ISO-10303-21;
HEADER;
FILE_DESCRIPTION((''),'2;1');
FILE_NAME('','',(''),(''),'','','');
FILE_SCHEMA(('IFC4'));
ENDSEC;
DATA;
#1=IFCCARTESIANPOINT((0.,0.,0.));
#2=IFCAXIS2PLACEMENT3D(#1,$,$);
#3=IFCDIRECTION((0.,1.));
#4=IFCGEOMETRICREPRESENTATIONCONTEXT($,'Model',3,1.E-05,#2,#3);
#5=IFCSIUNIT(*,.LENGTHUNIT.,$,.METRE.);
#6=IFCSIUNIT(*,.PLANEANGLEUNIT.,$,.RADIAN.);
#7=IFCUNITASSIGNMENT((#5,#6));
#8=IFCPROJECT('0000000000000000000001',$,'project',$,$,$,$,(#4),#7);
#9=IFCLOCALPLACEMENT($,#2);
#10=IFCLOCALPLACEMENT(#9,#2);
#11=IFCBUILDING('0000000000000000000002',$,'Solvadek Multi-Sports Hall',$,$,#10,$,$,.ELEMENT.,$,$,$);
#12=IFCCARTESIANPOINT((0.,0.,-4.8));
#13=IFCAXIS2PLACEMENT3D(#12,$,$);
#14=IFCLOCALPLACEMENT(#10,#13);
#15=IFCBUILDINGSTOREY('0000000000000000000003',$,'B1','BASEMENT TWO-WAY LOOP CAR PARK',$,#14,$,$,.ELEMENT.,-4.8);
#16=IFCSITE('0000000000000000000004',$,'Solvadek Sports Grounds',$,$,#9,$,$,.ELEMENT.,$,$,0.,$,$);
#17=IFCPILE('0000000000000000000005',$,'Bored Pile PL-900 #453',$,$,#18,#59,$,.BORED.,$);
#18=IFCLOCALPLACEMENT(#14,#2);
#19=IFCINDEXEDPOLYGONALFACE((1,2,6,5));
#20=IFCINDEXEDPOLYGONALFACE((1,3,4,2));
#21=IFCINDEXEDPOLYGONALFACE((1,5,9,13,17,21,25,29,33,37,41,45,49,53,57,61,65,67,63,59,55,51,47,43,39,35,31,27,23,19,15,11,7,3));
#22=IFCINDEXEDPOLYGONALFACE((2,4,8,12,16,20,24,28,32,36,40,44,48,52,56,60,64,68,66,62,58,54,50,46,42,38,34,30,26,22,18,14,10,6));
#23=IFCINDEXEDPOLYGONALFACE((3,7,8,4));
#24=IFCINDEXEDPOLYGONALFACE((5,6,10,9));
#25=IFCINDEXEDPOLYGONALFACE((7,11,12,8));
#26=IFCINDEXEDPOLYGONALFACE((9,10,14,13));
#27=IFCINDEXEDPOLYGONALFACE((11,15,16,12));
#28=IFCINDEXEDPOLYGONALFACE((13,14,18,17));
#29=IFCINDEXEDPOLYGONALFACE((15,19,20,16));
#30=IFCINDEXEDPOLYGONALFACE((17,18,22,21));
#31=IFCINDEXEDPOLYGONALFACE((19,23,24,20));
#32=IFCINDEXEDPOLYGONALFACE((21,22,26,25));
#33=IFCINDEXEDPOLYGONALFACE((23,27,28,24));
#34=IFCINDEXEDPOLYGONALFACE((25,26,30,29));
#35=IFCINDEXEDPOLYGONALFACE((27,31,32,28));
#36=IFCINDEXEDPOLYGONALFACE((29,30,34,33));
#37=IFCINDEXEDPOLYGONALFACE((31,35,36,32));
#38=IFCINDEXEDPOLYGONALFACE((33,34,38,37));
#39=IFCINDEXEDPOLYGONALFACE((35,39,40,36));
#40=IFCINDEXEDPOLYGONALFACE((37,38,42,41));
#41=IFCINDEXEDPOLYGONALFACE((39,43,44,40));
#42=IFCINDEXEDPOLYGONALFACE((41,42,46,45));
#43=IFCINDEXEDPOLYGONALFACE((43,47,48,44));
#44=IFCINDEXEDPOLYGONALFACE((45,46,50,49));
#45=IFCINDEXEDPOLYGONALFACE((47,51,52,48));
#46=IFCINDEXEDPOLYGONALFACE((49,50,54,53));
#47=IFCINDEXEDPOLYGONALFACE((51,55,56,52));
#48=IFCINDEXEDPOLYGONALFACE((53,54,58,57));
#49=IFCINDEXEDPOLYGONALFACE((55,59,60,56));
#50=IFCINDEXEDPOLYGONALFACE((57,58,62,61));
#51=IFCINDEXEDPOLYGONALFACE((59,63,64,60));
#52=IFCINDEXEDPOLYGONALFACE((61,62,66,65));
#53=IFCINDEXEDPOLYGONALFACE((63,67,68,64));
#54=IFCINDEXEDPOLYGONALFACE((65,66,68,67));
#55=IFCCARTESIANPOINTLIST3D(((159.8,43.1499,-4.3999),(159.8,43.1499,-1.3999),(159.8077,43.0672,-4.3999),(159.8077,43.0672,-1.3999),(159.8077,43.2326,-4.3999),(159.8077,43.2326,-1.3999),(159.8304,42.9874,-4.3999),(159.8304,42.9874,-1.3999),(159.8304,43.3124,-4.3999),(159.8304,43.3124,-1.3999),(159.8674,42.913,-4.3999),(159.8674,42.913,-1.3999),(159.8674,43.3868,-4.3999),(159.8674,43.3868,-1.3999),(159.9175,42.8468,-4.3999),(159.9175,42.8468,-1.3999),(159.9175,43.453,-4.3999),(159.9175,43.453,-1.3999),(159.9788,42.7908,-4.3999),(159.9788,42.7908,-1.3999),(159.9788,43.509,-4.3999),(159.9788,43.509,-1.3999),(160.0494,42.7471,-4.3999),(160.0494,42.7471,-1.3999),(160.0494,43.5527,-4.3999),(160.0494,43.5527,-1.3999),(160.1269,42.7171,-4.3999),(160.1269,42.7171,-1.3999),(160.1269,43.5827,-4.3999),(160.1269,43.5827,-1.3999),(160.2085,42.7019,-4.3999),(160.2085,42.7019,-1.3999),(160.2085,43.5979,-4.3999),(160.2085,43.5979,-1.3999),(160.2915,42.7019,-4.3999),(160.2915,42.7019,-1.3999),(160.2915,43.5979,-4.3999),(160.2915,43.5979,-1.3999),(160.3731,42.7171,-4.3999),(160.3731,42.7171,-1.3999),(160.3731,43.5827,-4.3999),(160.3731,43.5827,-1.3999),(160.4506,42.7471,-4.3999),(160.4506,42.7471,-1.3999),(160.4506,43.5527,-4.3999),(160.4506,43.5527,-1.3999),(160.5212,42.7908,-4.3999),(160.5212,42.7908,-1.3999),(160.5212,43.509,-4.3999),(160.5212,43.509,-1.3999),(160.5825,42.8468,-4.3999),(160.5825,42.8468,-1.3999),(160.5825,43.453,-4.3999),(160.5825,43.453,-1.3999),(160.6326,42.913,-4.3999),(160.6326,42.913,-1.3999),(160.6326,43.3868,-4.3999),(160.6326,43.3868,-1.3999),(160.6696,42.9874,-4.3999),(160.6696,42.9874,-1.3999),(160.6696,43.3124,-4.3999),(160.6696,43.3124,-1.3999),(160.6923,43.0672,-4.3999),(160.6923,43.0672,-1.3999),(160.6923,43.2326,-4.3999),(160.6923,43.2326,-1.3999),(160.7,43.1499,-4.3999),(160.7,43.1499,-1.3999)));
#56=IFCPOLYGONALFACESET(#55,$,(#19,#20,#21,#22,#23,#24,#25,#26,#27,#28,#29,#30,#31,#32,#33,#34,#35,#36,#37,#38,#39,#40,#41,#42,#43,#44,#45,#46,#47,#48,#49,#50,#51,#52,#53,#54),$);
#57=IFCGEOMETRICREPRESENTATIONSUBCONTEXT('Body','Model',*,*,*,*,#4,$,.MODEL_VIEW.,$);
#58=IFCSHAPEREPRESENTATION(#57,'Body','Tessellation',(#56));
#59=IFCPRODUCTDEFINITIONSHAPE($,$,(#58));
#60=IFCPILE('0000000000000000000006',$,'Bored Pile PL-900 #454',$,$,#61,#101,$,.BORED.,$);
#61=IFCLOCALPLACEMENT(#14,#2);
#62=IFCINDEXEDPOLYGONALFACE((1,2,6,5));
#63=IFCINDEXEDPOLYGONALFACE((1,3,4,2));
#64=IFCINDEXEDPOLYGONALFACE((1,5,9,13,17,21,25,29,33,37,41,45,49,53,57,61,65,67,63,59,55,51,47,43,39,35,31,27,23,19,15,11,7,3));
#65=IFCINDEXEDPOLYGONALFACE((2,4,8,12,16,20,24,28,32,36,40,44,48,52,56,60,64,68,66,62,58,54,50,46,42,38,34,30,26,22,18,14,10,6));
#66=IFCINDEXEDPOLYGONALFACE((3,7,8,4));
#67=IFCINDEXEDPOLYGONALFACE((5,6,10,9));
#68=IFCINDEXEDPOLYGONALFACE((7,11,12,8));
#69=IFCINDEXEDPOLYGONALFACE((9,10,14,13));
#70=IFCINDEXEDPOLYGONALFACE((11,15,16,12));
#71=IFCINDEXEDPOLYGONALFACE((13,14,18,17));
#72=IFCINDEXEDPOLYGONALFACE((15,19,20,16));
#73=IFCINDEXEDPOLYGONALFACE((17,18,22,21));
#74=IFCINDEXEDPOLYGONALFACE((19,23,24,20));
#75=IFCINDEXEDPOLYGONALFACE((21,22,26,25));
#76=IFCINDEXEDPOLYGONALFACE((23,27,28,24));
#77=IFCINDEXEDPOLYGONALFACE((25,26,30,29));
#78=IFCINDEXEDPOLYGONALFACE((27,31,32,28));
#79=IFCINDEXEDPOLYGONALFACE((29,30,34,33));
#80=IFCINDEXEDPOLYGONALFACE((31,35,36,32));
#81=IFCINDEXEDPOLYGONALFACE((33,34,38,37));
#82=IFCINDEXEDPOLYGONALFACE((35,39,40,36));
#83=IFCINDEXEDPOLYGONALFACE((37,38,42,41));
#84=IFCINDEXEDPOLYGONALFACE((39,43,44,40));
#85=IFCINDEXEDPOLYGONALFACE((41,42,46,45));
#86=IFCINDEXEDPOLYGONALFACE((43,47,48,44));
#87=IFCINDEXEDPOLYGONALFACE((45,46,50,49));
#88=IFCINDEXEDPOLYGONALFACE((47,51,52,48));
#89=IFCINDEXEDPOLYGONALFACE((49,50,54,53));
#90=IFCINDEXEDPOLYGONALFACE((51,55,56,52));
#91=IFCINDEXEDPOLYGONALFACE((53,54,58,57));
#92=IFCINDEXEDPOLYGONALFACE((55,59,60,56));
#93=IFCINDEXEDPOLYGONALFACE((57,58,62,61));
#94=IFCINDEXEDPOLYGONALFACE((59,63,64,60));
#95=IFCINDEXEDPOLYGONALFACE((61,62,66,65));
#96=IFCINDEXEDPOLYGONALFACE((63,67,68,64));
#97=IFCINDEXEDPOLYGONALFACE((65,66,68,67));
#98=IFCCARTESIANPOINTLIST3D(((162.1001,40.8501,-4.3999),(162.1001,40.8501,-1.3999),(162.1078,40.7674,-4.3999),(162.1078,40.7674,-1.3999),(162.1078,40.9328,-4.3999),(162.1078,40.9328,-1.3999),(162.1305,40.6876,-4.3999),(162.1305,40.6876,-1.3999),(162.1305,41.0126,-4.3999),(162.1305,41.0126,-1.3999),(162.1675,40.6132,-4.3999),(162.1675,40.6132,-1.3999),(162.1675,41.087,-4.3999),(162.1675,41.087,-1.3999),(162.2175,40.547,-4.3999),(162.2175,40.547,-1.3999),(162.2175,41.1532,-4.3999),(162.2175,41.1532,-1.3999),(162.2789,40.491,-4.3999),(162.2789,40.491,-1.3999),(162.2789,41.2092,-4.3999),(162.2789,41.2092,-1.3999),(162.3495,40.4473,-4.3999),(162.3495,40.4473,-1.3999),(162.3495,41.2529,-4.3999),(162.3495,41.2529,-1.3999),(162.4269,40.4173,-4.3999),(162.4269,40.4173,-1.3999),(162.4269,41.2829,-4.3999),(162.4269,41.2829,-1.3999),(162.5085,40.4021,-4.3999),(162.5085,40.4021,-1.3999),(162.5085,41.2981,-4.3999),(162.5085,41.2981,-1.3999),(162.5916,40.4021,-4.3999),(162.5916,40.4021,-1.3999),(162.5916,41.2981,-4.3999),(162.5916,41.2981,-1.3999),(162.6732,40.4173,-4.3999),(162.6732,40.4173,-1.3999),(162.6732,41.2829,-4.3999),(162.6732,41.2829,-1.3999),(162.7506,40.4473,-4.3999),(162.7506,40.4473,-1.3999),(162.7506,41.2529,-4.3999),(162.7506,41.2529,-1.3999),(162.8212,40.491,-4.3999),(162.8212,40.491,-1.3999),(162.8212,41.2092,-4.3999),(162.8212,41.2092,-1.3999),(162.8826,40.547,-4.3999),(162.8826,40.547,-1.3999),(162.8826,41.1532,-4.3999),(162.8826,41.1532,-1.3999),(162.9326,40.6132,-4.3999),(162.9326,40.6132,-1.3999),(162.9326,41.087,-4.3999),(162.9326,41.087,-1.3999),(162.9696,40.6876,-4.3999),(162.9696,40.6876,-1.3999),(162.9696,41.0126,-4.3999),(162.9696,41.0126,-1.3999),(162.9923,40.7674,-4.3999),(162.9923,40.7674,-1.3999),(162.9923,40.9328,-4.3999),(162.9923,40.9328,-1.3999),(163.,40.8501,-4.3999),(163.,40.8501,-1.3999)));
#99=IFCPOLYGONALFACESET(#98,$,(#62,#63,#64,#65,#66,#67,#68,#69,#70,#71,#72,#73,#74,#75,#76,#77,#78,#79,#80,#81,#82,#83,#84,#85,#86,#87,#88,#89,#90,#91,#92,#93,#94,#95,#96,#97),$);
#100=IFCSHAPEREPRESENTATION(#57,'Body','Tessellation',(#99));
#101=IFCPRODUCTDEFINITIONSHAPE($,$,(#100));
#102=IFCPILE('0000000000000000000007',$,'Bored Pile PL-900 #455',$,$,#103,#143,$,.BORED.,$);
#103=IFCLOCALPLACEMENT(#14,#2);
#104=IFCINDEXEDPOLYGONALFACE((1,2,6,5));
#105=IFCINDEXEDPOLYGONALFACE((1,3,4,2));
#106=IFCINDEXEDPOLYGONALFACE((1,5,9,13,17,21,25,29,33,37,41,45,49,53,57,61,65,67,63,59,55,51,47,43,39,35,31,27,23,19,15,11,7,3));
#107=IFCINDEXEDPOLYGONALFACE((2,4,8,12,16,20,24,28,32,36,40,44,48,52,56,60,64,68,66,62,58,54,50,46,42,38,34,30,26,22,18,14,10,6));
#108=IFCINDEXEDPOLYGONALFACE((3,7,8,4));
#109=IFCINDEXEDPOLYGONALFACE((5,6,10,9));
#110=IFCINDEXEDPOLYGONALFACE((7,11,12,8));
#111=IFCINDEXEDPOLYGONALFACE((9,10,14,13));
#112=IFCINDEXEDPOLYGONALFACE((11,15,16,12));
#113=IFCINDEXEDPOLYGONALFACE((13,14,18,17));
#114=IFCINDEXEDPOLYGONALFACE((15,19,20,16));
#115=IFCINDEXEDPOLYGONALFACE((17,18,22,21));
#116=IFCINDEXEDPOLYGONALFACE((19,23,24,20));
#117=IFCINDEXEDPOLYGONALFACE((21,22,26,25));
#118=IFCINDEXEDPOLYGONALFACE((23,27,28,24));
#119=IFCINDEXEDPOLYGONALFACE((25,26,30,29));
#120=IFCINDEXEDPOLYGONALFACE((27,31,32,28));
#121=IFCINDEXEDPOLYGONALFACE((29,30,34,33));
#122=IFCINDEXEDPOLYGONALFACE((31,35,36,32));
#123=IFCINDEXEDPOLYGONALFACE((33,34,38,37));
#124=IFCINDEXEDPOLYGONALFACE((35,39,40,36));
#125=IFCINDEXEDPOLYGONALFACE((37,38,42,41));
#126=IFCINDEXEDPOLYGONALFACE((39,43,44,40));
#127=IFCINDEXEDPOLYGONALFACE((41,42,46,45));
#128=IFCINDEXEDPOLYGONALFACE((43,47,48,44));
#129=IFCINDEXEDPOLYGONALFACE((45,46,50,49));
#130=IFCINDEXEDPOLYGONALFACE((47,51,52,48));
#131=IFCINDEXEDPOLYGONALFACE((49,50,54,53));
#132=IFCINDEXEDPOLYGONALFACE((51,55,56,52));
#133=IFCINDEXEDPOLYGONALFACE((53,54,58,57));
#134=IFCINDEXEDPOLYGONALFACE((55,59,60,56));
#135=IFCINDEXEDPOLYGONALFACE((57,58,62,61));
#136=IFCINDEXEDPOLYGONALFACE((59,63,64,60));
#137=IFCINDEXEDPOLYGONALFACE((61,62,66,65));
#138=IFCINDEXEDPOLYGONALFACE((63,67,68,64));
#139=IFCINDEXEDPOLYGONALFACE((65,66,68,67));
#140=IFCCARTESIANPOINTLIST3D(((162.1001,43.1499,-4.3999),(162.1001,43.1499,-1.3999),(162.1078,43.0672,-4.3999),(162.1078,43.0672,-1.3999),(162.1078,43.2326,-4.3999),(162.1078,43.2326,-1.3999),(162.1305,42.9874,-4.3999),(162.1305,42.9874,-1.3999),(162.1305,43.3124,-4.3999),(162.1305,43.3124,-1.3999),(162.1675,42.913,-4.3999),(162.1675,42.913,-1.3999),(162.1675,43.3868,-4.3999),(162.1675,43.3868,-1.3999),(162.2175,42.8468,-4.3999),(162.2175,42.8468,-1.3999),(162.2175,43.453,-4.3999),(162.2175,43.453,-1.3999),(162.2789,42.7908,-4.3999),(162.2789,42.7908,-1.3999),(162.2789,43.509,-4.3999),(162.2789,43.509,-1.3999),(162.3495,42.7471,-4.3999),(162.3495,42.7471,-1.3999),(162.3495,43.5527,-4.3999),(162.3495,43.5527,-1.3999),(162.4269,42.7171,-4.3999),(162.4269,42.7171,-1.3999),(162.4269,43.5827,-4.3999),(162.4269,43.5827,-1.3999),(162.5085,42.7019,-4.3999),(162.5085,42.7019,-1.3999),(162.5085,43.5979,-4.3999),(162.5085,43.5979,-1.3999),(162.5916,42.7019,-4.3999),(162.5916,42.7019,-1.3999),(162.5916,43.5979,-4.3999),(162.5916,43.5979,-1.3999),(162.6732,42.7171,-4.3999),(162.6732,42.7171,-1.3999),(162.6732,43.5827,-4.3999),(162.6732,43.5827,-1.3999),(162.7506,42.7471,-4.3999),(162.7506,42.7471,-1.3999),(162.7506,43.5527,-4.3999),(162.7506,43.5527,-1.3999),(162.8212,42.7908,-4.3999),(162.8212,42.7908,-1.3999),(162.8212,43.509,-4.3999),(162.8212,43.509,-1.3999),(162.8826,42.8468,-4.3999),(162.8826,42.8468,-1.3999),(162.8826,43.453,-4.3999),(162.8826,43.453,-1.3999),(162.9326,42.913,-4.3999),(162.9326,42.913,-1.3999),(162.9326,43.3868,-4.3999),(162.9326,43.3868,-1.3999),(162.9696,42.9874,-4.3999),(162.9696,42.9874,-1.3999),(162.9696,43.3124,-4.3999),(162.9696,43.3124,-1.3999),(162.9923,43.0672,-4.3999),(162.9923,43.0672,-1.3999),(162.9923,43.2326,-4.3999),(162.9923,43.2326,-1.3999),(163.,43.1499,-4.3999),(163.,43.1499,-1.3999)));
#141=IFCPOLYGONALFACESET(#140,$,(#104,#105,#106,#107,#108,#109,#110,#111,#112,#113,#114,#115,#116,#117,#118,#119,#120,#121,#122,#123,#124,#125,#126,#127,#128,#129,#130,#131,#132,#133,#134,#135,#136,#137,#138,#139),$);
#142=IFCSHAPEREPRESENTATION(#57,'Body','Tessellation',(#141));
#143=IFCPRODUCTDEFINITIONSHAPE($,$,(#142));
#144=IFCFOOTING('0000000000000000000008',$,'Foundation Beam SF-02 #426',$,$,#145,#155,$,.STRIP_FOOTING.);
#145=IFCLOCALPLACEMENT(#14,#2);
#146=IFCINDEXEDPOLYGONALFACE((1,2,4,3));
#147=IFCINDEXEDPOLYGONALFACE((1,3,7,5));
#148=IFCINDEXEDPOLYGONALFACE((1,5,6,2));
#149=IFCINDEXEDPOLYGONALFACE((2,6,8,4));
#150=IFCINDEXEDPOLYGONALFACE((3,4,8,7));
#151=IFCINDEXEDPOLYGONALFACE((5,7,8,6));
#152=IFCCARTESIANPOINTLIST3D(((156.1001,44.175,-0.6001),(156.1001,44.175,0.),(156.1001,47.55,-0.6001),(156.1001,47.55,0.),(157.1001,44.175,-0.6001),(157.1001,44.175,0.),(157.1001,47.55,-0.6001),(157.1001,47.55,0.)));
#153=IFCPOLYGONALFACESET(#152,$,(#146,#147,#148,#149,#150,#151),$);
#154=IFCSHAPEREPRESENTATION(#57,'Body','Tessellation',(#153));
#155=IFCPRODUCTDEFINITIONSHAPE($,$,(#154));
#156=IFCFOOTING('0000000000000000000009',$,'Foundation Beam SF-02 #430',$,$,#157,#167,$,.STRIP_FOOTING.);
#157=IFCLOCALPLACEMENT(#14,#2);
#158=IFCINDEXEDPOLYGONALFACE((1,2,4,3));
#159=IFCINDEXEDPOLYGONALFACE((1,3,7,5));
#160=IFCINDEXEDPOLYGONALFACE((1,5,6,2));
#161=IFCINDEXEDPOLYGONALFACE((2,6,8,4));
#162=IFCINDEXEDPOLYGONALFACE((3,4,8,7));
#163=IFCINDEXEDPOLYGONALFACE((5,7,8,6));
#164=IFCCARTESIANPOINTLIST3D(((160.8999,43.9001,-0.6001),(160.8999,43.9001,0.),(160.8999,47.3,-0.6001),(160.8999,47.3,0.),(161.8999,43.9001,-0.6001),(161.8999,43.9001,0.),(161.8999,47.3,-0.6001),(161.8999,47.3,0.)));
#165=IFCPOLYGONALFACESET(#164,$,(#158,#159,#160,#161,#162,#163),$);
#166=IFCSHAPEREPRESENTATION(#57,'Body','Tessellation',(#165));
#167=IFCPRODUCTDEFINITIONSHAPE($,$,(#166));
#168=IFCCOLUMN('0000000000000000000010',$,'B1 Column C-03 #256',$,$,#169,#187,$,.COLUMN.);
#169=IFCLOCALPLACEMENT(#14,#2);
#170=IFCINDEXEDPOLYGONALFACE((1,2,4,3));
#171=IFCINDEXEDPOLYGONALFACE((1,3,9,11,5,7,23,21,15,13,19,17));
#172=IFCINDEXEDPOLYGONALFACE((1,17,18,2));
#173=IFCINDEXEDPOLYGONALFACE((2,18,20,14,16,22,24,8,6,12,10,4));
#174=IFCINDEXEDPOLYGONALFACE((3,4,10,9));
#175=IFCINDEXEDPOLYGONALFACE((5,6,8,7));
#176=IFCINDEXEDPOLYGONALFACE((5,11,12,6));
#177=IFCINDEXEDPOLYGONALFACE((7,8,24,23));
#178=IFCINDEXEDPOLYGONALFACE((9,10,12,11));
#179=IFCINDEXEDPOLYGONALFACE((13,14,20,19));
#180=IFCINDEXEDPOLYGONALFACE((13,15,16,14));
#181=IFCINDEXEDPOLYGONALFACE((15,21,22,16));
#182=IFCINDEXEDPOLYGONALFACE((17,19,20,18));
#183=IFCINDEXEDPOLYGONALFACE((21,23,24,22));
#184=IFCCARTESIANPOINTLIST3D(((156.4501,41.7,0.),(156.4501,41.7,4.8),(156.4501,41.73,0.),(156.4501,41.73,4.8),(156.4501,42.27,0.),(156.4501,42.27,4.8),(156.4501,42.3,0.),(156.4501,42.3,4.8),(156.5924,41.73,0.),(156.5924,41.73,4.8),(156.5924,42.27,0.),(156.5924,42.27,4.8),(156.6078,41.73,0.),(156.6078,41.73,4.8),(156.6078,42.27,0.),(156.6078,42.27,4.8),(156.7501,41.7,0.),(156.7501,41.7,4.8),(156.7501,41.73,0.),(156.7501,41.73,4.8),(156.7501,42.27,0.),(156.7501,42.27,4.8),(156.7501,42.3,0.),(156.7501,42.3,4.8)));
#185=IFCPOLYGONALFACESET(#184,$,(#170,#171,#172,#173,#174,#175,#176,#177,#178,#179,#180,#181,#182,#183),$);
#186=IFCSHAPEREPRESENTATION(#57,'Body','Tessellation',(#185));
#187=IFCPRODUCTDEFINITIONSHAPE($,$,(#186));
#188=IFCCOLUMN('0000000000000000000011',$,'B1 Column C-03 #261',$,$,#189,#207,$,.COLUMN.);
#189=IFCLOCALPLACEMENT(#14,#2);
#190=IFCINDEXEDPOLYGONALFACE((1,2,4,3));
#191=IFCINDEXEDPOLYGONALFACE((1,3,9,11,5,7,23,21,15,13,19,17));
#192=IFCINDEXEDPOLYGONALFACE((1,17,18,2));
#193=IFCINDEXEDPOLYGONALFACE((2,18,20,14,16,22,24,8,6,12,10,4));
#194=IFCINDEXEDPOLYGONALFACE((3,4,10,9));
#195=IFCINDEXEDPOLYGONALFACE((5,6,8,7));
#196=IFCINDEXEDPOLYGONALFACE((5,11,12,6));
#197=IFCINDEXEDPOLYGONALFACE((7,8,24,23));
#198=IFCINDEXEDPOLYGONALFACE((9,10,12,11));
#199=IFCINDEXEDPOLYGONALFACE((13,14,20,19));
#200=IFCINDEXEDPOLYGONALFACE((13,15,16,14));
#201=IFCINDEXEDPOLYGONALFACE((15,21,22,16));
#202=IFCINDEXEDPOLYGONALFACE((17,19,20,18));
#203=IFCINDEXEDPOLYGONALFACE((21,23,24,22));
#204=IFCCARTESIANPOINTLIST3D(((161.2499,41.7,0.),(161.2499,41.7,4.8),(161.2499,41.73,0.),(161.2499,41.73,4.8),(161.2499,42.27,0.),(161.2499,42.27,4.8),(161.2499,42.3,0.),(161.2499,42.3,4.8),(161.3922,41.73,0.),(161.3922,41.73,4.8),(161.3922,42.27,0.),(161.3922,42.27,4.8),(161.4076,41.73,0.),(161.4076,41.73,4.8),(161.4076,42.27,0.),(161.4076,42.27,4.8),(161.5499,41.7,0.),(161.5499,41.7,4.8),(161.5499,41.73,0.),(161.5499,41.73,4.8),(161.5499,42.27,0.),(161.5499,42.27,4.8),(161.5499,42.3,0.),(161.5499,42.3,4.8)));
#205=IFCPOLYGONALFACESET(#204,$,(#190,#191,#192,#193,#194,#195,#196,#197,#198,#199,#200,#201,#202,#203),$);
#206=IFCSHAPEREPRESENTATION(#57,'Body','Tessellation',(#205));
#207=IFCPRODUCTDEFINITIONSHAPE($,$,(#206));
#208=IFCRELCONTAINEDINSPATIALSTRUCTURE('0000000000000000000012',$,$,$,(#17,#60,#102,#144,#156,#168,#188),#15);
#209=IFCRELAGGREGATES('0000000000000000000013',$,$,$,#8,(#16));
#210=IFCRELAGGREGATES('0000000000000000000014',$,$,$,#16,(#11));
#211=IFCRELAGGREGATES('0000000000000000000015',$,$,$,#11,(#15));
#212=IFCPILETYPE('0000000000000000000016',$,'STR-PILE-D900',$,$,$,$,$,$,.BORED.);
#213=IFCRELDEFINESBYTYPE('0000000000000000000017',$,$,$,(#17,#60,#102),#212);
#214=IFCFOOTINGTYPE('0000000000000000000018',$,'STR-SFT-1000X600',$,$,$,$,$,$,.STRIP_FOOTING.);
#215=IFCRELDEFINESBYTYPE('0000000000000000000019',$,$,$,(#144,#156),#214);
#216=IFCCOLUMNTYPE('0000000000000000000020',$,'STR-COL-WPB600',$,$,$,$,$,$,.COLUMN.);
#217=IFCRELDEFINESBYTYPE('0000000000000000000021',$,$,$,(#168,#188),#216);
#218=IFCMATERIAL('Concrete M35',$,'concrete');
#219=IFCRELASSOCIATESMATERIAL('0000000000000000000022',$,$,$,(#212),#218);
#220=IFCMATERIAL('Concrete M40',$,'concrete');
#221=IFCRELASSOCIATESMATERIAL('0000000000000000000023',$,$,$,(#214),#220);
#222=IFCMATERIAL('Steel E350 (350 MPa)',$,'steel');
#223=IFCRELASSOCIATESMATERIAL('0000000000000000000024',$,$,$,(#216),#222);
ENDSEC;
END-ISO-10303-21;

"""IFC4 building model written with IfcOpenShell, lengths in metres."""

from ifc_helpers import new_model, si_unit, direction, frame, origin, origin_2d, place, context, subcontext, project, spatial, rectangle, circle, i_section, extrude, material, material_profile, profile_set, type_object, element, save


model = new_model("IFC4")

# Units and contexts
model_context = context("Model", 3, precision=1e-05, world=origin(), true_north=direction((0.0, 1.0)))
body_context = subcontext(model_context, "Body", "Model", "MODEL_VIEW")
ifc_project = project(units=[si_unit("LENGTHUNIT", "METRE"), si_unit("PLANEANGLEUNIT", "RADIAN")], contexts=[model_context])

# Site, building, storey
site_placement = place(None, origin())
site = spatial("IfcSite", under=ifc_project, at=site_placement, Name="Solvadek Sports Grounds", CompositionType="ELEMENT", RefElevation=0.0)
building_placement = place(site_placement, origin())
building = spatial("IfcBuilding", under=site, at=building_placement, Name="Solvadek Multi-Sports Hall", CompositionType="ELEMENT")
storey_placement = place(building_placement, frame((0.0, 0.0, -4.8)))
storey = spatial("IfcBuildingStorey", under=building, at=storey_placement, Name="B1", Description="BASEMENT TWO-WAY LOOP CAR PARK", CompositionType="ELEMENT", Elevation=-4.8)

# Shared definitions
ifc_material_1 = material(Name="Concrete M40", Category="concrete")

# Piles
ifc_material_2 = material(Name="Concrete M35", Category="concrete")
ifc_material_profile_1 = material_profile(ifc_material_2, circle(Radius=0.45, at=origin_2d()), Name="BORED PILE D900")
ifc_profile_set_1 = profile_set([ifc_material_profile_1], Name="Concrete M35")
pile_type = type_object("IfcPileType", Name="STR-PILE-D900", PredefinedType="BORED", material=ifc_profile_set_1)
for number, where, z_axis, x_axis, name in (
    (1, (160.25, 43.1499, -1.3999), (0.0, 0.0, -1.0), (1.0, 0.0, 0.0), "Bored Pile PL-900 #453"),
    (2, (162.55, 40.8501, -1.3999), (0.0, 0.0, -1.0), (1.0, 0.0, 0.0), "Bored Pile PL-900 #454"),
    (3, (162.55, 43.1499, -1.3999), (0.0, 0.0, -1.0), (1.0, 0.0, 0.0), "Bored Pile PL-900 #455"),
):
    element("IfcPile", number, at=place(storey_placement, frame(where, z_axis=z_axis, x_axis=x_axis)), inside=storey, type_object=pile_type, Name=name, PredefinedType="BORED", context=body_context, shape_type="SweptSolid", body=[
        extrude(circle(Radius=0.45, at=origin_2d()), origin(), (0.0, 0.0, 1.0), 3.0),
    ])

# Footings
footing_type_1 = type_object("IfcFootingType", Name="STR-SFT-1000X600", PredefinedType="STRIP_FOOTING", material=ifc_material_1)
footing_1_placement = place(storey_placement, frame((156.6001, 45.8625, -0.6001), z_axis=(0.0, 0.0, 1.0), x_axis=(0.0, 1.0, 0.0)))
element("IfcFooting", 4, at=footing_1_placement, inside=storey, type_object=footing_type_1, Name="Foundation Beam SF-02 #426", PredefinedType="STRIP_FOOTING", context=body_context, shape_type="SweptSolid", body=[
    extrude(rectangle(XDim=3.375, YDim=1.0, at=origin_2d()), origin(), (0.0, 0.0, 1.0), 0.6001),
])
footing_2_placement = place(storey_placement, frame((161.3999, 45.6001, -0.6001), z_axis=(0.0, 0.0, 1.0), x_axis=(0.0, 1.0, 0.0)))
element("IfcFooting", 5, at=footing_2_placement, inside=storey, type_object=footing_type_1, Name="Foundation Beam SF-02 #430", PredefinedType="STRIP_FOOTING", context=body_context, shape_type="SweptSolid", body=[
    extrude(rectangle(XDim=3.3999, YDim=1.0, at=origin_2d()), origin(), (0.0, 0.0, 1.0), 0.6001),
])

# Columns
ifc_material_3 = material(Name="Steel E350 (350 MPa)", Category="steel")
ifc_material_profile_2 = material_profile(ifc_material_3, i_section(OverallWidth=0.3, OverallDepth=0.6001, WebThickness=0.0154, FlangeThickness=0.03, at=origin_2d()), Name="WPB 600")
ifc_profile_set_2 = profile_set([ifc_material_profile_2], Name="Steel E350 (350 MPa)")
column_type = type_object("IfcColumnType", Name="STR-COL-WPB600", PredefinedType="COLUMN", material=ifc_profile_set_2)
for number, where, z_axis, x_axis, name in (
    (6, (156.6001, 42.0, 0.0), (0.0, 0.0, 1.0), (1.0, 0.0, 0.0), "B1 Column C-03 #256"),
    (7, (161.3999, 42.0, 0.0), (0.0, 0.0, 1.0), (1.0, 0.0, 0.0), "B1 Column C-03 #261"),
):
    element("IfcColumn", number, at=place(storey_placement, frame(where, z_axis=z_axis, x_axis=x_axis)), inside=storey, type_object=column_type, Name=name, PredefinedType="COLUMN", context=body_context, shape_type="SweptSolid", body=[
        extrude(i_section(OverallWidth=0.3, OverallDepth=0.6001, WebThickness=0.0154, FlangeThickness=0.03, at=origin_2d()), origin(), (0.0, 0.0, 1.0), 4.8),
    ])

save(model, "model.ifc")
